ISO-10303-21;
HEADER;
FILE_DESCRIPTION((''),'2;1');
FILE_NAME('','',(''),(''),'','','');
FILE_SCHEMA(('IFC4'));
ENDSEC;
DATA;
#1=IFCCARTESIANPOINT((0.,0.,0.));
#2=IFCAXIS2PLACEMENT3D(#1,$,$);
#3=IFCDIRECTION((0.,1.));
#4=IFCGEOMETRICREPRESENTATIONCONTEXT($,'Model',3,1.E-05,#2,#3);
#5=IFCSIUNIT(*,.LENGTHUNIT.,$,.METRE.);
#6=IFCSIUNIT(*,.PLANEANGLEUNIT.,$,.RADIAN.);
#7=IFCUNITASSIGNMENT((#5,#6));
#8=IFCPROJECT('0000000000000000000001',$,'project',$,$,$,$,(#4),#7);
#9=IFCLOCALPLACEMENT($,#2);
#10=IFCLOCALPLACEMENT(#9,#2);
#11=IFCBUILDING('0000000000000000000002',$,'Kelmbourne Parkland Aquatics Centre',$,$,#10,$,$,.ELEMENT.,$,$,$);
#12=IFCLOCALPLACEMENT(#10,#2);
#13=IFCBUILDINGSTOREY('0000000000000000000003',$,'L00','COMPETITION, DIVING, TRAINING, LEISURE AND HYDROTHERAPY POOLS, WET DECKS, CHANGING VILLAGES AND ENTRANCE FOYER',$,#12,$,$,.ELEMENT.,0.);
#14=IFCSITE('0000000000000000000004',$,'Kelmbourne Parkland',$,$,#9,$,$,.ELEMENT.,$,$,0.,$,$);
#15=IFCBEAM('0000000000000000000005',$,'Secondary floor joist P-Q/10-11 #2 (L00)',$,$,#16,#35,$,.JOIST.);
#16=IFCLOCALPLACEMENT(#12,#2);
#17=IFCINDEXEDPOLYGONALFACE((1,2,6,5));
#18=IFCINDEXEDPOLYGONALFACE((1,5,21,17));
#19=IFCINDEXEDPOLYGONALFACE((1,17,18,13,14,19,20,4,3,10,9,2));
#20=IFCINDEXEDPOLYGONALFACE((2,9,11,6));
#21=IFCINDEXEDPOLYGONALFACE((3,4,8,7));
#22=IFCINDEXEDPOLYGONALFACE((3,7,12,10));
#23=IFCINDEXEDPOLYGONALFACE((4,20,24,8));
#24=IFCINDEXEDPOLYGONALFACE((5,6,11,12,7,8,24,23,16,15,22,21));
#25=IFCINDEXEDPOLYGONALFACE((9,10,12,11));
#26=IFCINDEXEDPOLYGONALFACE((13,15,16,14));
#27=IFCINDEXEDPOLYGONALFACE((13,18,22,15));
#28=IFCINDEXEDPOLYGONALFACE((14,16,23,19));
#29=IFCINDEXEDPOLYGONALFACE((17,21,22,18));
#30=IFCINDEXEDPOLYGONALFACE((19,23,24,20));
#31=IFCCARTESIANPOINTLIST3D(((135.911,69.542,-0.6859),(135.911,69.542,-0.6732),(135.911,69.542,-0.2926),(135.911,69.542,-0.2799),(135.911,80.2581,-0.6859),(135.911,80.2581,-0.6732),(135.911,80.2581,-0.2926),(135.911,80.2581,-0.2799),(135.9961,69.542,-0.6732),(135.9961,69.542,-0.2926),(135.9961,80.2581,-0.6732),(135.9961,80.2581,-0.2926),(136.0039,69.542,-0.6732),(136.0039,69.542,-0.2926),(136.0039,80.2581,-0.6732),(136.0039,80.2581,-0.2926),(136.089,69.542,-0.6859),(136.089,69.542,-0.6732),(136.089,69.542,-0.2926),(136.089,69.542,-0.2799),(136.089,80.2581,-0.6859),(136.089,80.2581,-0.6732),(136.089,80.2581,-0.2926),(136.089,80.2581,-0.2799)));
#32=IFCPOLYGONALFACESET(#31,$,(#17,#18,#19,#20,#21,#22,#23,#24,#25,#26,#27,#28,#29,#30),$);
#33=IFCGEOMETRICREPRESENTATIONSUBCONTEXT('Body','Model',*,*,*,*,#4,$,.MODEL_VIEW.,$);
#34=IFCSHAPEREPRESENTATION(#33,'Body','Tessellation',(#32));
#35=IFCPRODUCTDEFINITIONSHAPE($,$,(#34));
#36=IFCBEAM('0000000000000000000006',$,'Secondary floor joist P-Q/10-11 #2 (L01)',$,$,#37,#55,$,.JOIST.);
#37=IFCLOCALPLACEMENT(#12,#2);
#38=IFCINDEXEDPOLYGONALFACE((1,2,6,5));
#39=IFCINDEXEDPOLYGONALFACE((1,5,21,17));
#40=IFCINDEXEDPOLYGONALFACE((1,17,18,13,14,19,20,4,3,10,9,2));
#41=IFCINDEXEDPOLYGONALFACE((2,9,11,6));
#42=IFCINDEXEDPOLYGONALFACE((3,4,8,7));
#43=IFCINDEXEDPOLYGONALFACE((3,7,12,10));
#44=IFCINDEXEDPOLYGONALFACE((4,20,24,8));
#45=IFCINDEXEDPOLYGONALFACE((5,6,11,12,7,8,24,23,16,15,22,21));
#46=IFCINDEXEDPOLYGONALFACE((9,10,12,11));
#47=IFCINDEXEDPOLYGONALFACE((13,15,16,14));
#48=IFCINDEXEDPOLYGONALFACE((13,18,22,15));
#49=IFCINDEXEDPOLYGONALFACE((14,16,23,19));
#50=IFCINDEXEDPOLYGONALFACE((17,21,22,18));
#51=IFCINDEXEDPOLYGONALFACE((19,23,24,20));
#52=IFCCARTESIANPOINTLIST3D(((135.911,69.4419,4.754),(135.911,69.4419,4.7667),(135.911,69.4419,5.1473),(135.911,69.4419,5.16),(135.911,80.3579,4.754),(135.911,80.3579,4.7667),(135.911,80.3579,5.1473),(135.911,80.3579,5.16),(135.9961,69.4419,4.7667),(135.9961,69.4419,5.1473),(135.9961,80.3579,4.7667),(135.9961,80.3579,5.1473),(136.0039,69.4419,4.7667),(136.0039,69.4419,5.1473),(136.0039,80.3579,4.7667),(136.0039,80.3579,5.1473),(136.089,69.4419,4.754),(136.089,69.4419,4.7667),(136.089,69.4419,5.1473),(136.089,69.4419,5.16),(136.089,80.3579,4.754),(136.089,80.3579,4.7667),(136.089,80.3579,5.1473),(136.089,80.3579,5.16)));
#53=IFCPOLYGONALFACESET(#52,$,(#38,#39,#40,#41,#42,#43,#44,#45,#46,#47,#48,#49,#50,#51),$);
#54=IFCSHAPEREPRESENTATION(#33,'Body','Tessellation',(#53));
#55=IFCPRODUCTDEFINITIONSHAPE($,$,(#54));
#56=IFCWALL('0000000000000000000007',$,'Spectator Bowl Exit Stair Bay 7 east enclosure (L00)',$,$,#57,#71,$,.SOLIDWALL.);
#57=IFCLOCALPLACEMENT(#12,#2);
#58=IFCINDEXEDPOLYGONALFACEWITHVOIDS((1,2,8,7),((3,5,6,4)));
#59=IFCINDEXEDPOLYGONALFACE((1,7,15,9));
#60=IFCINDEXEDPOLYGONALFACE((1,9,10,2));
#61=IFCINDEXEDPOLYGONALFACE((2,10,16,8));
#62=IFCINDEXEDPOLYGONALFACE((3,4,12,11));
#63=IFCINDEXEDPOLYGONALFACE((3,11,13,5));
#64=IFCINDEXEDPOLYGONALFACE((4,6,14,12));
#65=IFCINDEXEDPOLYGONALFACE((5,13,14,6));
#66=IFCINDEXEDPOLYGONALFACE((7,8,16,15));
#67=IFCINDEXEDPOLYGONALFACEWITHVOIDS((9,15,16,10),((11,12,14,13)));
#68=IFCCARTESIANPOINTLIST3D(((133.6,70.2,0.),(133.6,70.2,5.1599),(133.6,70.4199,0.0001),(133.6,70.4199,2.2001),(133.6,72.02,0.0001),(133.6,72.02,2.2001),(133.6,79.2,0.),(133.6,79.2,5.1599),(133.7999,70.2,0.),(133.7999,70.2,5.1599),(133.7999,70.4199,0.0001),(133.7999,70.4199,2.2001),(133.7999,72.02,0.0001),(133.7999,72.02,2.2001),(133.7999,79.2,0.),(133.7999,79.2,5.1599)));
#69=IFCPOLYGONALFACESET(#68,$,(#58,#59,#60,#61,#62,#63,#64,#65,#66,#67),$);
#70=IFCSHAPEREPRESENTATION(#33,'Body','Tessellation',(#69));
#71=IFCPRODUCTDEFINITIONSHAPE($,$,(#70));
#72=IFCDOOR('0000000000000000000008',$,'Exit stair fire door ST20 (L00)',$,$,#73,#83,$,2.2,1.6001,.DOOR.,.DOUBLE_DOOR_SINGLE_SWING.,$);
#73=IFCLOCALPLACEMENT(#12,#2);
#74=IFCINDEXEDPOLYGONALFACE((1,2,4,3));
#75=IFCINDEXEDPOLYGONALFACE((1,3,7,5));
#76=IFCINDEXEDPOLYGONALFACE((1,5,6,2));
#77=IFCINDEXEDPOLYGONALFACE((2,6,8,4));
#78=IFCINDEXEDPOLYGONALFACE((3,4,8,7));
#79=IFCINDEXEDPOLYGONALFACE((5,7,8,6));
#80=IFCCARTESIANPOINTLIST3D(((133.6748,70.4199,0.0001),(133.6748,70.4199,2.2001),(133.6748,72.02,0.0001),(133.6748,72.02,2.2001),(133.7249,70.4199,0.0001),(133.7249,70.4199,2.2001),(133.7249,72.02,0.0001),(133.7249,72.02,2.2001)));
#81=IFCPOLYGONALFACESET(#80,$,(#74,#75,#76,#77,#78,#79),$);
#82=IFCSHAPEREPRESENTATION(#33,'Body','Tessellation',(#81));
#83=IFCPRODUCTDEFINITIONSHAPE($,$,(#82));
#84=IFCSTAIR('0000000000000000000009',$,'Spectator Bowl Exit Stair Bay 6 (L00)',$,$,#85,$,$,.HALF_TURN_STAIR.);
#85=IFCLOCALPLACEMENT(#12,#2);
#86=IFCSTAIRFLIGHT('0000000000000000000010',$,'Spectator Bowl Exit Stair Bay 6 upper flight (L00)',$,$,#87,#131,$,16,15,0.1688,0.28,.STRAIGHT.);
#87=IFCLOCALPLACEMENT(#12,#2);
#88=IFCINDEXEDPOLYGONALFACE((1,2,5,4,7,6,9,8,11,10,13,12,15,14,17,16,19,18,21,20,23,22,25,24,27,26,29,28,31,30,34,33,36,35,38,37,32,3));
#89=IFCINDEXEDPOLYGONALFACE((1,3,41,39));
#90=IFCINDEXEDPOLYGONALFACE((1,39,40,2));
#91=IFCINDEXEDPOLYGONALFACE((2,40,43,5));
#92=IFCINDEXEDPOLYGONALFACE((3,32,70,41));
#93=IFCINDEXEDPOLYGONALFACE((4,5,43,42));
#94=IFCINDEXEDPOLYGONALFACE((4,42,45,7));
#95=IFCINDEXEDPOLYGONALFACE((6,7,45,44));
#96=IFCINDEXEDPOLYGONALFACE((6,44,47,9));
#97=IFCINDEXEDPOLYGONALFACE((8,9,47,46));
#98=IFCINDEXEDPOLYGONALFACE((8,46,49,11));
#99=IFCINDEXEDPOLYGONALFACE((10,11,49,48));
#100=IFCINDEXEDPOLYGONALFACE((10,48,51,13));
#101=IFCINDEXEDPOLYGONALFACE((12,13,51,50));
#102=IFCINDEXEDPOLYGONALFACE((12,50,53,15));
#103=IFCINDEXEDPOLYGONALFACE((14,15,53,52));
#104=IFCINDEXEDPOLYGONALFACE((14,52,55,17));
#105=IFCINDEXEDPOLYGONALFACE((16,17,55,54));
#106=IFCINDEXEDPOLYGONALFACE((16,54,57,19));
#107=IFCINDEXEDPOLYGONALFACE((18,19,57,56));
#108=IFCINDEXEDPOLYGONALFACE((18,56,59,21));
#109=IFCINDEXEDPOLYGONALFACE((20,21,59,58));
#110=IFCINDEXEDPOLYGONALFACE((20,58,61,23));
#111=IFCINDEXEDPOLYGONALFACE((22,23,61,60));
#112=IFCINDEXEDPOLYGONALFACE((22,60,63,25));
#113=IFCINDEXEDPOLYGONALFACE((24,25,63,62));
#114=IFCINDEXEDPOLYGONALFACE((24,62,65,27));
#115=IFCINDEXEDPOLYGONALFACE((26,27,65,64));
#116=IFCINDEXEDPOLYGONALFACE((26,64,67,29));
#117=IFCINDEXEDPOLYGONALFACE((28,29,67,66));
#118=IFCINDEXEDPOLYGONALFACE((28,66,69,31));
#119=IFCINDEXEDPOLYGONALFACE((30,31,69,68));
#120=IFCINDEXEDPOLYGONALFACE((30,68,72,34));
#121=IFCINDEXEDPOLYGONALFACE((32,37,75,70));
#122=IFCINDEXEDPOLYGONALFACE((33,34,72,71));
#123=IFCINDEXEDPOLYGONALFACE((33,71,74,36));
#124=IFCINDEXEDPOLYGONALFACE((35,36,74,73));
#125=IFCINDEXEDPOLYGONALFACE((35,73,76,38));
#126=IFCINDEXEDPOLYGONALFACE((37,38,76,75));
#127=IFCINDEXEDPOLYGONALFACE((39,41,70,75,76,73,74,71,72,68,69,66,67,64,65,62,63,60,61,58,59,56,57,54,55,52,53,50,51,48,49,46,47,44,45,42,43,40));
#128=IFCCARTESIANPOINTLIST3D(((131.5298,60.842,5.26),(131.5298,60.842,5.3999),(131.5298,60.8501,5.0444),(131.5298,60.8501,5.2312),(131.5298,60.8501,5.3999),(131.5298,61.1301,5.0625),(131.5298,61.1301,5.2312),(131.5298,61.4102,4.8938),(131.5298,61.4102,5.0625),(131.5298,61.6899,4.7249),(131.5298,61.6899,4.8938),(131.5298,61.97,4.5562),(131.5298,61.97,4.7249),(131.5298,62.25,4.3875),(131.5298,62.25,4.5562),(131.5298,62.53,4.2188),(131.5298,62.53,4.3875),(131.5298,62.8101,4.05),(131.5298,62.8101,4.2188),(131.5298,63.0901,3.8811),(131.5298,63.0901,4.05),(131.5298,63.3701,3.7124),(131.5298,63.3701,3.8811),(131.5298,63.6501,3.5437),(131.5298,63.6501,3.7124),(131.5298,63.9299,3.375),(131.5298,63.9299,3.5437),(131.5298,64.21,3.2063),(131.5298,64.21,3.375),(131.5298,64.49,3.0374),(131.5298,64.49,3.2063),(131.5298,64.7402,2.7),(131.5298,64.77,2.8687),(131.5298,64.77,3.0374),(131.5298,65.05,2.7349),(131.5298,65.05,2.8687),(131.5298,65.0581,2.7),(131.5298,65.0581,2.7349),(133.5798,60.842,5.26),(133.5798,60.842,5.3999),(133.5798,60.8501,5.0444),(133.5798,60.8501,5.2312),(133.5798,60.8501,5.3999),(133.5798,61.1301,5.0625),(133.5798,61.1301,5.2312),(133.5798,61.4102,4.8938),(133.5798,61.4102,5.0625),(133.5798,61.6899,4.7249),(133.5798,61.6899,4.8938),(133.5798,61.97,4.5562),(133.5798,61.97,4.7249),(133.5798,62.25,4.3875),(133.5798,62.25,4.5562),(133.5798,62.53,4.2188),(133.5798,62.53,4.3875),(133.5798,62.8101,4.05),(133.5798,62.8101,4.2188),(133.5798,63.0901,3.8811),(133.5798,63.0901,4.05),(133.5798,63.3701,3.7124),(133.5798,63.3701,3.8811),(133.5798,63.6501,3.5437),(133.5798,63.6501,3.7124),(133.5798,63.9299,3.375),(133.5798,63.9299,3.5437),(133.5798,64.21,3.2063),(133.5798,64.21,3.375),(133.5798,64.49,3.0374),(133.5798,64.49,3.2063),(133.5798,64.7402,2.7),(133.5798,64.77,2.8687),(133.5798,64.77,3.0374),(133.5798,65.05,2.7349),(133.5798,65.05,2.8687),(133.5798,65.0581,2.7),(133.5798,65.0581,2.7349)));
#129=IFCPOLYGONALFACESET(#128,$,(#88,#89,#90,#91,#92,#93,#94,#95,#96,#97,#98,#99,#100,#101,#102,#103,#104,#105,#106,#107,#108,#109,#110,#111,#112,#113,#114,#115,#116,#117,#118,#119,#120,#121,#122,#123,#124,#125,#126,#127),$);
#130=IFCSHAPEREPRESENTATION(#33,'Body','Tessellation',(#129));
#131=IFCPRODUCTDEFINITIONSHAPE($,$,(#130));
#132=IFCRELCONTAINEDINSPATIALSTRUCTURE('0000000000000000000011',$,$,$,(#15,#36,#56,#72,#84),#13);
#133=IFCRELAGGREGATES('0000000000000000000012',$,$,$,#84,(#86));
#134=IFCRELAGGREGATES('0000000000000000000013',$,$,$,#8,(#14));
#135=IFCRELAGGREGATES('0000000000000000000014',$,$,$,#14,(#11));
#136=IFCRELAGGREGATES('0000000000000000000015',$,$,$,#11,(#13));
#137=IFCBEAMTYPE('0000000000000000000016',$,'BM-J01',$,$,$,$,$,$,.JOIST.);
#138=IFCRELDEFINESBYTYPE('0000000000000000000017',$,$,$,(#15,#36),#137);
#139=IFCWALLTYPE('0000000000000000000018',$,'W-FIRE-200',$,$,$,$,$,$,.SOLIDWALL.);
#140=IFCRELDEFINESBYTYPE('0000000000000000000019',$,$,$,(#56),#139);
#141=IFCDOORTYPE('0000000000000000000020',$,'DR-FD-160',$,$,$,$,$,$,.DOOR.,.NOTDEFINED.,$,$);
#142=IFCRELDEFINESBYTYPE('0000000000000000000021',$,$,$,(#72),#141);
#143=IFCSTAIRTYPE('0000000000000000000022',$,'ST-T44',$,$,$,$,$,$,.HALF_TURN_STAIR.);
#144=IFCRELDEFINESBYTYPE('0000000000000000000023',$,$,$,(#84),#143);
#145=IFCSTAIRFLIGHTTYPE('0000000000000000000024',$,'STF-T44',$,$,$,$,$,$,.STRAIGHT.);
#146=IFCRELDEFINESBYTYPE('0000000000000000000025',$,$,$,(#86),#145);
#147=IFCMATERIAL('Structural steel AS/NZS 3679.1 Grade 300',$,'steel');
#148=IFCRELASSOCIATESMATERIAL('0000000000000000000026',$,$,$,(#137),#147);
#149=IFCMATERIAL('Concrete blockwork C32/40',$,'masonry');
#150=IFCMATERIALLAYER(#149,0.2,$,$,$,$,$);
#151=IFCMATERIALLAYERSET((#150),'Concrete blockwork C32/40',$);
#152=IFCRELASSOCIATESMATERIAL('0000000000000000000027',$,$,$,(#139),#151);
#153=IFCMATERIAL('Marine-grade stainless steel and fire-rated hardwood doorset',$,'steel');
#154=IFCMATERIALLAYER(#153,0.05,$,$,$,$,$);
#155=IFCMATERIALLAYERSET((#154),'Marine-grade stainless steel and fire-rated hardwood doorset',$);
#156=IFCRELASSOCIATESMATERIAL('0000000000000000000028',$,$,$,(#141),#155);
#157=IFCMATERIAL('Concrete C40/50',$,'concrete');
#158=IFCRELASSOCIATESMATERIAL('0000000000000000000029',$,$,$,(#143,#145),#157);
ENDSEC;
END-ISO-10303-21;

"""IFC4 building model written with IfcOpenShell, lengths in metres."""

from ifc_helpers import new_model, si_unit, direction, frame, frame_2d, origin, origin_2d, place, context, subcontext, project, spatial, polyline, rectangle, i_section, outline, extrude, material, layer, layer_set, material_profile, profile_set, type_object, element, fill, aggregate, save


model = new_model("IFC4")

# Units and contexts
model_context = context("Model", 3, precision=1e-05, world=origin(), true_north=direction((0.0, 1.0)))
body_context = subcontext(model_context, "Body", "Model", "MODEL_VIEW")
ifc_project = project(units=[si_unit("LENGTHUNIT", "METRE"), si_unit("PLANEANGLEUNIT", "RADIAN")], contexts=[model_context])

# Site, building, storey
site_placement = place(None, origin())
site = spatial("IfcSite", under=ifc_project, at=site_placement, Name="Kelmbourne Parkland", CompositionType="ELEMENT", RefElevation=0.0)
building_placement = place(site_placement, origin())
building = spatial("IfcBuilding", under=site, at=building_placement, Name="Kelmbourne Parkland Aquatics Centre", CompositionType="ELEMENT")
storey_placement = place(building_placement, origin())
storey = spatial("IfcBuildingStorey", under=building, at=storey_placement, Name="L00", Description="COMPETITION, DIVING, TRAINING, LEISURE AND HYDROTHERAPY POOLS, WET DECKS, CHANGING VILLAGES AND ENTRANCE FOYER", CompositionType="ELEMENT", Elevation=0.0)

# Shared definitions
ifc_material_1 = material(Name="Concrete C40/50", Category="concrete")
ifc_material_2 = material(Name="Structural steel AS/NZS 3679.1 Grade 300", Category="steel")

# Beams
ifc_material_profile_1 = material_profile(ifc_material_2, i_section(OverallWidth=0.178, OverallDepth=0.406, WebThickness=0.0078, FlangeThickness=0.0127, at=origin_2d()), Name="410UB59.7")
ifc_profile_set_1 = profile_set([ifc_material_profile_1], Name="Structural steel AS/NZS 3679.1 Grade 300")
beam_type_1 = type_object("IfcBeamType", Name="BM-J01", PredefinedType="JOIST", material=ifc_profile_set_1)
beam_1_placement = place(storey_placement, frame((136.0, 69.542, -0.4829), z_axis=(0.0, 1.0, 0.0), x_axis=(-1.0, 0.0, 0.0)))
element("IfcBeam", 1, at=beam_1_placement, inside=storey, type_object=beam_type_1, Name="Secondary floor joist P-Q/10-11 #2 (L00)", PredefinedType="JOIST", context=body_context, shape_type="SweptSolid", body=[
    extrude(i_section(OverallWidth=0.178, OverallDepth=0.406, WebThickness=0.0078, FlangeThickness=0.0127, at=origin_2d()), origin(), (0.0, 0.0, 1.0), 10.7161),
])
beam_2_placement = place(storey_placement, frame((136.0, 69.4419, 4.957), z_axis=(0.0, 1.0, 0.0), x_axis=(-1.0, 0.0, 0.0)))
element("IfcBeam", 2, at=beam_2_placement, inside=storey, type_object=beam_type_1, Name="Secondary floor joist P-Q/10-11 #2 (L01)", PredefinedType="JOIST", context=body_context, shape_type="SweptSolid", body=[
    extrude(i_section(OverallWidth=0.178, OverallDepth=0.406, WebThickness=0.0078, FlangeThickness=0.0127, at=origin_2d()), origin(), (0.0, 0.0, 1.0), 10.916),
])

# Wall, opening, door
ifc_material_3 = material(Name="Concrete blockwork C32/40", Category="masonry")
ifc_layer_1 = layer(ifc_material_3, 0.2)
ifc_layer_set_1 = layer_set([ifc_layer_1], Name="Concrete blockwork C32/40")
wall_type = type_object("IfcWallType", Name="W-FIRE-200", PredefinedType="SOLIDWALL", material=ifc_layer_set_1)
wall_placement = place(storey_placement, frame((133.7, 70.2, 0.0), z_axis=(0.0, 0.0, 1.0), x_axis=(0.0, 1.0, 0.0)))
wall = element("IfcWall", 3, at=wall_placement, inside=storey, type_object=wall_type, Name="Spectator Bowl Exit Stair Bay 7 east enclosure (L00)", PredefinedType="SOLIDWALL", context=body_context, shape_type="SweptSolid", body=[
    extrude(rectangle(XDim=9.0, YDim=0.2, at=frame_2d((4.5, 0.0))), origin(), (0.0, 0.0, 1.0), 5.1599),
])
opening_placement = place(wall_placement, frame((0.22, 0.0, 0.0)))
opening = element("IfcOpeningElement", 4, at=opening_placement, cuts=wall, PredefinedType="OPENING", context=body_context, shape_type="SweptSolid", body=[
    extrude(rectangle(XDim=1.6001, YDim=2.2, at=frame_2d((0.8, 1.1001))), frame((0.0, 0.1118, 0.0), z_axis=(0.0, -1.0, 0.0), x_axis=(1.0, 0.0, 0.0)), (0.0, 0.0, 1.0), 0.2239),
])
ifc_material_4 = material(Name="Marine-grade stainless steel and fire-rated hardwood doorset", Category="steel")
ifc_layer_2 = layer(ifc_material_4, 0.05)
ifc_layer_set_2 = layer_set([ifc_layer_2], Name="Marine-grade stainless steel and fire-rated hardwood doorset")
door_type = type_object("IfcDoorType", Name="DR-FD-160", OperationType="NOTDEFINED", PredefinedType="DOOR", material=ifc_layer_set_2)
door_placement = place(opening_placement, frame((1.6001, 0.0, 0.0), z_axis=(0.0, 0.0, 1.0), x_axis=(-1.0, 0.0, 0.0)))
door = element("IfcDoor", 5, at=door_placement, inside=storey, type_object=door_type, Name="Exit stair fire door ST20 (L00)", OperationType="DOUBLE_DOOR_SINGLE_SWING", OverallHeight=2.2, OverallWidth=1.6001, PredefinedType="DOOR", context=body_context, shape_type="SweptSolid", body=[
    extrude(rectangle(XDim=1.6001, YDim=2.2, at=frame_2d((0.8, 1.1001))), frame((0.0, 0.0249, 0.0), z_axis=(0.0, -1.0, 0.0), x_axis=(1.0, 0.0, 0.0)), (0.0, 0.0, 1.0), 0.05),
])
fill(opening, door)

# Stair, stair flight
stair_type_1 = type_object("IfcStairType", Name="ST-T44", PredefinedType="HALF_TURN_STAIR", material=ifc_material_1)
stair_1_placement = place(storey_placement, origin())
stair_1 = element("IfcStair", 6, at=stair_1_placement, inside=storey, type_object=stair_type_1, Name="Spectator Bowl Exit Stair Bay 6 (L00)", PredefinedType="HALF_TURN_STAIR")
stair_flight_type_1 = type_object("IfcStairFlightType", Name="STF-T44", PredefinedType="STRAIGHT", material=ifc_material_1)
stair_flight_1_placement = place(storey_placement, frame((132.5549, 65.05, 2.7), z_axis=(0.0, 0.0, 1.0), x_axis=(0.0, -1.0, 0.0)))
stair_flight_1 = element("IfcStairFlight", 7, at=stair_flight_1_placement, type_object=stair_flight_type_1, Name="Spectator Bowl Exit Stair Bay 6 upper flight (L00)", NumberOfRisers=16, NumberOfTreads=15, PredefinedType="STRAIGHT", RiserHeight=0.1688, TreadLength=0.28, context=body_context, shape_type="SweptSolid", body=[
    extrude(outline(polyline([(-0.0081, 0.0), (-0.0081, 0.0349), (0.0, 0.0349), (0.0, 0.1687), (0.28, 0.1687), (0.28, 0.3374), (0.5601, 0.3374), (0.5601, 0.5063), (0.8401, 0.5063), (0.8401, 0.675), (1.1201, 0.675), (1.1201, 0.8438), (1.3999, 0.8438), (1.3999, 1.0125), (1.6799, 1.0125), (1.6799, 1.1812), (1.96, 1.1812), (1.96, 1.3501), (2.24, 1.3501), (2.24, 1.5188), (2.52, 1.5188), (2.52, 1.6875), (2.8, 1.6875), (2.8, 1.8562), (3.0801, 1.8562), (3.0801, 2.0249), (3.3601, 2.0249), (3.3601, 2.1938), (3.6399, 2.1938), (3.6399, 2.3625), (3.9199, 2.3625), (3.9199, 2.5312), (4.2, 2.5312), (4.2, 2.7), (4.208, 2.7), (4.208, 2.5601), (4.2, 2.3445), (0.3098, 0.0), (-0.0081, 0.0)])), frame((0.0, 1.0249, 0.0), z_axis=(0.0, -1.0, 0.0), x_axis=(1.0, 0.0, 0.0)), (0.0, 0.0, 1.0), 2.05),
])
aggregate(stair_1, [stair_flight_1])

save(model, "model.ifc")
